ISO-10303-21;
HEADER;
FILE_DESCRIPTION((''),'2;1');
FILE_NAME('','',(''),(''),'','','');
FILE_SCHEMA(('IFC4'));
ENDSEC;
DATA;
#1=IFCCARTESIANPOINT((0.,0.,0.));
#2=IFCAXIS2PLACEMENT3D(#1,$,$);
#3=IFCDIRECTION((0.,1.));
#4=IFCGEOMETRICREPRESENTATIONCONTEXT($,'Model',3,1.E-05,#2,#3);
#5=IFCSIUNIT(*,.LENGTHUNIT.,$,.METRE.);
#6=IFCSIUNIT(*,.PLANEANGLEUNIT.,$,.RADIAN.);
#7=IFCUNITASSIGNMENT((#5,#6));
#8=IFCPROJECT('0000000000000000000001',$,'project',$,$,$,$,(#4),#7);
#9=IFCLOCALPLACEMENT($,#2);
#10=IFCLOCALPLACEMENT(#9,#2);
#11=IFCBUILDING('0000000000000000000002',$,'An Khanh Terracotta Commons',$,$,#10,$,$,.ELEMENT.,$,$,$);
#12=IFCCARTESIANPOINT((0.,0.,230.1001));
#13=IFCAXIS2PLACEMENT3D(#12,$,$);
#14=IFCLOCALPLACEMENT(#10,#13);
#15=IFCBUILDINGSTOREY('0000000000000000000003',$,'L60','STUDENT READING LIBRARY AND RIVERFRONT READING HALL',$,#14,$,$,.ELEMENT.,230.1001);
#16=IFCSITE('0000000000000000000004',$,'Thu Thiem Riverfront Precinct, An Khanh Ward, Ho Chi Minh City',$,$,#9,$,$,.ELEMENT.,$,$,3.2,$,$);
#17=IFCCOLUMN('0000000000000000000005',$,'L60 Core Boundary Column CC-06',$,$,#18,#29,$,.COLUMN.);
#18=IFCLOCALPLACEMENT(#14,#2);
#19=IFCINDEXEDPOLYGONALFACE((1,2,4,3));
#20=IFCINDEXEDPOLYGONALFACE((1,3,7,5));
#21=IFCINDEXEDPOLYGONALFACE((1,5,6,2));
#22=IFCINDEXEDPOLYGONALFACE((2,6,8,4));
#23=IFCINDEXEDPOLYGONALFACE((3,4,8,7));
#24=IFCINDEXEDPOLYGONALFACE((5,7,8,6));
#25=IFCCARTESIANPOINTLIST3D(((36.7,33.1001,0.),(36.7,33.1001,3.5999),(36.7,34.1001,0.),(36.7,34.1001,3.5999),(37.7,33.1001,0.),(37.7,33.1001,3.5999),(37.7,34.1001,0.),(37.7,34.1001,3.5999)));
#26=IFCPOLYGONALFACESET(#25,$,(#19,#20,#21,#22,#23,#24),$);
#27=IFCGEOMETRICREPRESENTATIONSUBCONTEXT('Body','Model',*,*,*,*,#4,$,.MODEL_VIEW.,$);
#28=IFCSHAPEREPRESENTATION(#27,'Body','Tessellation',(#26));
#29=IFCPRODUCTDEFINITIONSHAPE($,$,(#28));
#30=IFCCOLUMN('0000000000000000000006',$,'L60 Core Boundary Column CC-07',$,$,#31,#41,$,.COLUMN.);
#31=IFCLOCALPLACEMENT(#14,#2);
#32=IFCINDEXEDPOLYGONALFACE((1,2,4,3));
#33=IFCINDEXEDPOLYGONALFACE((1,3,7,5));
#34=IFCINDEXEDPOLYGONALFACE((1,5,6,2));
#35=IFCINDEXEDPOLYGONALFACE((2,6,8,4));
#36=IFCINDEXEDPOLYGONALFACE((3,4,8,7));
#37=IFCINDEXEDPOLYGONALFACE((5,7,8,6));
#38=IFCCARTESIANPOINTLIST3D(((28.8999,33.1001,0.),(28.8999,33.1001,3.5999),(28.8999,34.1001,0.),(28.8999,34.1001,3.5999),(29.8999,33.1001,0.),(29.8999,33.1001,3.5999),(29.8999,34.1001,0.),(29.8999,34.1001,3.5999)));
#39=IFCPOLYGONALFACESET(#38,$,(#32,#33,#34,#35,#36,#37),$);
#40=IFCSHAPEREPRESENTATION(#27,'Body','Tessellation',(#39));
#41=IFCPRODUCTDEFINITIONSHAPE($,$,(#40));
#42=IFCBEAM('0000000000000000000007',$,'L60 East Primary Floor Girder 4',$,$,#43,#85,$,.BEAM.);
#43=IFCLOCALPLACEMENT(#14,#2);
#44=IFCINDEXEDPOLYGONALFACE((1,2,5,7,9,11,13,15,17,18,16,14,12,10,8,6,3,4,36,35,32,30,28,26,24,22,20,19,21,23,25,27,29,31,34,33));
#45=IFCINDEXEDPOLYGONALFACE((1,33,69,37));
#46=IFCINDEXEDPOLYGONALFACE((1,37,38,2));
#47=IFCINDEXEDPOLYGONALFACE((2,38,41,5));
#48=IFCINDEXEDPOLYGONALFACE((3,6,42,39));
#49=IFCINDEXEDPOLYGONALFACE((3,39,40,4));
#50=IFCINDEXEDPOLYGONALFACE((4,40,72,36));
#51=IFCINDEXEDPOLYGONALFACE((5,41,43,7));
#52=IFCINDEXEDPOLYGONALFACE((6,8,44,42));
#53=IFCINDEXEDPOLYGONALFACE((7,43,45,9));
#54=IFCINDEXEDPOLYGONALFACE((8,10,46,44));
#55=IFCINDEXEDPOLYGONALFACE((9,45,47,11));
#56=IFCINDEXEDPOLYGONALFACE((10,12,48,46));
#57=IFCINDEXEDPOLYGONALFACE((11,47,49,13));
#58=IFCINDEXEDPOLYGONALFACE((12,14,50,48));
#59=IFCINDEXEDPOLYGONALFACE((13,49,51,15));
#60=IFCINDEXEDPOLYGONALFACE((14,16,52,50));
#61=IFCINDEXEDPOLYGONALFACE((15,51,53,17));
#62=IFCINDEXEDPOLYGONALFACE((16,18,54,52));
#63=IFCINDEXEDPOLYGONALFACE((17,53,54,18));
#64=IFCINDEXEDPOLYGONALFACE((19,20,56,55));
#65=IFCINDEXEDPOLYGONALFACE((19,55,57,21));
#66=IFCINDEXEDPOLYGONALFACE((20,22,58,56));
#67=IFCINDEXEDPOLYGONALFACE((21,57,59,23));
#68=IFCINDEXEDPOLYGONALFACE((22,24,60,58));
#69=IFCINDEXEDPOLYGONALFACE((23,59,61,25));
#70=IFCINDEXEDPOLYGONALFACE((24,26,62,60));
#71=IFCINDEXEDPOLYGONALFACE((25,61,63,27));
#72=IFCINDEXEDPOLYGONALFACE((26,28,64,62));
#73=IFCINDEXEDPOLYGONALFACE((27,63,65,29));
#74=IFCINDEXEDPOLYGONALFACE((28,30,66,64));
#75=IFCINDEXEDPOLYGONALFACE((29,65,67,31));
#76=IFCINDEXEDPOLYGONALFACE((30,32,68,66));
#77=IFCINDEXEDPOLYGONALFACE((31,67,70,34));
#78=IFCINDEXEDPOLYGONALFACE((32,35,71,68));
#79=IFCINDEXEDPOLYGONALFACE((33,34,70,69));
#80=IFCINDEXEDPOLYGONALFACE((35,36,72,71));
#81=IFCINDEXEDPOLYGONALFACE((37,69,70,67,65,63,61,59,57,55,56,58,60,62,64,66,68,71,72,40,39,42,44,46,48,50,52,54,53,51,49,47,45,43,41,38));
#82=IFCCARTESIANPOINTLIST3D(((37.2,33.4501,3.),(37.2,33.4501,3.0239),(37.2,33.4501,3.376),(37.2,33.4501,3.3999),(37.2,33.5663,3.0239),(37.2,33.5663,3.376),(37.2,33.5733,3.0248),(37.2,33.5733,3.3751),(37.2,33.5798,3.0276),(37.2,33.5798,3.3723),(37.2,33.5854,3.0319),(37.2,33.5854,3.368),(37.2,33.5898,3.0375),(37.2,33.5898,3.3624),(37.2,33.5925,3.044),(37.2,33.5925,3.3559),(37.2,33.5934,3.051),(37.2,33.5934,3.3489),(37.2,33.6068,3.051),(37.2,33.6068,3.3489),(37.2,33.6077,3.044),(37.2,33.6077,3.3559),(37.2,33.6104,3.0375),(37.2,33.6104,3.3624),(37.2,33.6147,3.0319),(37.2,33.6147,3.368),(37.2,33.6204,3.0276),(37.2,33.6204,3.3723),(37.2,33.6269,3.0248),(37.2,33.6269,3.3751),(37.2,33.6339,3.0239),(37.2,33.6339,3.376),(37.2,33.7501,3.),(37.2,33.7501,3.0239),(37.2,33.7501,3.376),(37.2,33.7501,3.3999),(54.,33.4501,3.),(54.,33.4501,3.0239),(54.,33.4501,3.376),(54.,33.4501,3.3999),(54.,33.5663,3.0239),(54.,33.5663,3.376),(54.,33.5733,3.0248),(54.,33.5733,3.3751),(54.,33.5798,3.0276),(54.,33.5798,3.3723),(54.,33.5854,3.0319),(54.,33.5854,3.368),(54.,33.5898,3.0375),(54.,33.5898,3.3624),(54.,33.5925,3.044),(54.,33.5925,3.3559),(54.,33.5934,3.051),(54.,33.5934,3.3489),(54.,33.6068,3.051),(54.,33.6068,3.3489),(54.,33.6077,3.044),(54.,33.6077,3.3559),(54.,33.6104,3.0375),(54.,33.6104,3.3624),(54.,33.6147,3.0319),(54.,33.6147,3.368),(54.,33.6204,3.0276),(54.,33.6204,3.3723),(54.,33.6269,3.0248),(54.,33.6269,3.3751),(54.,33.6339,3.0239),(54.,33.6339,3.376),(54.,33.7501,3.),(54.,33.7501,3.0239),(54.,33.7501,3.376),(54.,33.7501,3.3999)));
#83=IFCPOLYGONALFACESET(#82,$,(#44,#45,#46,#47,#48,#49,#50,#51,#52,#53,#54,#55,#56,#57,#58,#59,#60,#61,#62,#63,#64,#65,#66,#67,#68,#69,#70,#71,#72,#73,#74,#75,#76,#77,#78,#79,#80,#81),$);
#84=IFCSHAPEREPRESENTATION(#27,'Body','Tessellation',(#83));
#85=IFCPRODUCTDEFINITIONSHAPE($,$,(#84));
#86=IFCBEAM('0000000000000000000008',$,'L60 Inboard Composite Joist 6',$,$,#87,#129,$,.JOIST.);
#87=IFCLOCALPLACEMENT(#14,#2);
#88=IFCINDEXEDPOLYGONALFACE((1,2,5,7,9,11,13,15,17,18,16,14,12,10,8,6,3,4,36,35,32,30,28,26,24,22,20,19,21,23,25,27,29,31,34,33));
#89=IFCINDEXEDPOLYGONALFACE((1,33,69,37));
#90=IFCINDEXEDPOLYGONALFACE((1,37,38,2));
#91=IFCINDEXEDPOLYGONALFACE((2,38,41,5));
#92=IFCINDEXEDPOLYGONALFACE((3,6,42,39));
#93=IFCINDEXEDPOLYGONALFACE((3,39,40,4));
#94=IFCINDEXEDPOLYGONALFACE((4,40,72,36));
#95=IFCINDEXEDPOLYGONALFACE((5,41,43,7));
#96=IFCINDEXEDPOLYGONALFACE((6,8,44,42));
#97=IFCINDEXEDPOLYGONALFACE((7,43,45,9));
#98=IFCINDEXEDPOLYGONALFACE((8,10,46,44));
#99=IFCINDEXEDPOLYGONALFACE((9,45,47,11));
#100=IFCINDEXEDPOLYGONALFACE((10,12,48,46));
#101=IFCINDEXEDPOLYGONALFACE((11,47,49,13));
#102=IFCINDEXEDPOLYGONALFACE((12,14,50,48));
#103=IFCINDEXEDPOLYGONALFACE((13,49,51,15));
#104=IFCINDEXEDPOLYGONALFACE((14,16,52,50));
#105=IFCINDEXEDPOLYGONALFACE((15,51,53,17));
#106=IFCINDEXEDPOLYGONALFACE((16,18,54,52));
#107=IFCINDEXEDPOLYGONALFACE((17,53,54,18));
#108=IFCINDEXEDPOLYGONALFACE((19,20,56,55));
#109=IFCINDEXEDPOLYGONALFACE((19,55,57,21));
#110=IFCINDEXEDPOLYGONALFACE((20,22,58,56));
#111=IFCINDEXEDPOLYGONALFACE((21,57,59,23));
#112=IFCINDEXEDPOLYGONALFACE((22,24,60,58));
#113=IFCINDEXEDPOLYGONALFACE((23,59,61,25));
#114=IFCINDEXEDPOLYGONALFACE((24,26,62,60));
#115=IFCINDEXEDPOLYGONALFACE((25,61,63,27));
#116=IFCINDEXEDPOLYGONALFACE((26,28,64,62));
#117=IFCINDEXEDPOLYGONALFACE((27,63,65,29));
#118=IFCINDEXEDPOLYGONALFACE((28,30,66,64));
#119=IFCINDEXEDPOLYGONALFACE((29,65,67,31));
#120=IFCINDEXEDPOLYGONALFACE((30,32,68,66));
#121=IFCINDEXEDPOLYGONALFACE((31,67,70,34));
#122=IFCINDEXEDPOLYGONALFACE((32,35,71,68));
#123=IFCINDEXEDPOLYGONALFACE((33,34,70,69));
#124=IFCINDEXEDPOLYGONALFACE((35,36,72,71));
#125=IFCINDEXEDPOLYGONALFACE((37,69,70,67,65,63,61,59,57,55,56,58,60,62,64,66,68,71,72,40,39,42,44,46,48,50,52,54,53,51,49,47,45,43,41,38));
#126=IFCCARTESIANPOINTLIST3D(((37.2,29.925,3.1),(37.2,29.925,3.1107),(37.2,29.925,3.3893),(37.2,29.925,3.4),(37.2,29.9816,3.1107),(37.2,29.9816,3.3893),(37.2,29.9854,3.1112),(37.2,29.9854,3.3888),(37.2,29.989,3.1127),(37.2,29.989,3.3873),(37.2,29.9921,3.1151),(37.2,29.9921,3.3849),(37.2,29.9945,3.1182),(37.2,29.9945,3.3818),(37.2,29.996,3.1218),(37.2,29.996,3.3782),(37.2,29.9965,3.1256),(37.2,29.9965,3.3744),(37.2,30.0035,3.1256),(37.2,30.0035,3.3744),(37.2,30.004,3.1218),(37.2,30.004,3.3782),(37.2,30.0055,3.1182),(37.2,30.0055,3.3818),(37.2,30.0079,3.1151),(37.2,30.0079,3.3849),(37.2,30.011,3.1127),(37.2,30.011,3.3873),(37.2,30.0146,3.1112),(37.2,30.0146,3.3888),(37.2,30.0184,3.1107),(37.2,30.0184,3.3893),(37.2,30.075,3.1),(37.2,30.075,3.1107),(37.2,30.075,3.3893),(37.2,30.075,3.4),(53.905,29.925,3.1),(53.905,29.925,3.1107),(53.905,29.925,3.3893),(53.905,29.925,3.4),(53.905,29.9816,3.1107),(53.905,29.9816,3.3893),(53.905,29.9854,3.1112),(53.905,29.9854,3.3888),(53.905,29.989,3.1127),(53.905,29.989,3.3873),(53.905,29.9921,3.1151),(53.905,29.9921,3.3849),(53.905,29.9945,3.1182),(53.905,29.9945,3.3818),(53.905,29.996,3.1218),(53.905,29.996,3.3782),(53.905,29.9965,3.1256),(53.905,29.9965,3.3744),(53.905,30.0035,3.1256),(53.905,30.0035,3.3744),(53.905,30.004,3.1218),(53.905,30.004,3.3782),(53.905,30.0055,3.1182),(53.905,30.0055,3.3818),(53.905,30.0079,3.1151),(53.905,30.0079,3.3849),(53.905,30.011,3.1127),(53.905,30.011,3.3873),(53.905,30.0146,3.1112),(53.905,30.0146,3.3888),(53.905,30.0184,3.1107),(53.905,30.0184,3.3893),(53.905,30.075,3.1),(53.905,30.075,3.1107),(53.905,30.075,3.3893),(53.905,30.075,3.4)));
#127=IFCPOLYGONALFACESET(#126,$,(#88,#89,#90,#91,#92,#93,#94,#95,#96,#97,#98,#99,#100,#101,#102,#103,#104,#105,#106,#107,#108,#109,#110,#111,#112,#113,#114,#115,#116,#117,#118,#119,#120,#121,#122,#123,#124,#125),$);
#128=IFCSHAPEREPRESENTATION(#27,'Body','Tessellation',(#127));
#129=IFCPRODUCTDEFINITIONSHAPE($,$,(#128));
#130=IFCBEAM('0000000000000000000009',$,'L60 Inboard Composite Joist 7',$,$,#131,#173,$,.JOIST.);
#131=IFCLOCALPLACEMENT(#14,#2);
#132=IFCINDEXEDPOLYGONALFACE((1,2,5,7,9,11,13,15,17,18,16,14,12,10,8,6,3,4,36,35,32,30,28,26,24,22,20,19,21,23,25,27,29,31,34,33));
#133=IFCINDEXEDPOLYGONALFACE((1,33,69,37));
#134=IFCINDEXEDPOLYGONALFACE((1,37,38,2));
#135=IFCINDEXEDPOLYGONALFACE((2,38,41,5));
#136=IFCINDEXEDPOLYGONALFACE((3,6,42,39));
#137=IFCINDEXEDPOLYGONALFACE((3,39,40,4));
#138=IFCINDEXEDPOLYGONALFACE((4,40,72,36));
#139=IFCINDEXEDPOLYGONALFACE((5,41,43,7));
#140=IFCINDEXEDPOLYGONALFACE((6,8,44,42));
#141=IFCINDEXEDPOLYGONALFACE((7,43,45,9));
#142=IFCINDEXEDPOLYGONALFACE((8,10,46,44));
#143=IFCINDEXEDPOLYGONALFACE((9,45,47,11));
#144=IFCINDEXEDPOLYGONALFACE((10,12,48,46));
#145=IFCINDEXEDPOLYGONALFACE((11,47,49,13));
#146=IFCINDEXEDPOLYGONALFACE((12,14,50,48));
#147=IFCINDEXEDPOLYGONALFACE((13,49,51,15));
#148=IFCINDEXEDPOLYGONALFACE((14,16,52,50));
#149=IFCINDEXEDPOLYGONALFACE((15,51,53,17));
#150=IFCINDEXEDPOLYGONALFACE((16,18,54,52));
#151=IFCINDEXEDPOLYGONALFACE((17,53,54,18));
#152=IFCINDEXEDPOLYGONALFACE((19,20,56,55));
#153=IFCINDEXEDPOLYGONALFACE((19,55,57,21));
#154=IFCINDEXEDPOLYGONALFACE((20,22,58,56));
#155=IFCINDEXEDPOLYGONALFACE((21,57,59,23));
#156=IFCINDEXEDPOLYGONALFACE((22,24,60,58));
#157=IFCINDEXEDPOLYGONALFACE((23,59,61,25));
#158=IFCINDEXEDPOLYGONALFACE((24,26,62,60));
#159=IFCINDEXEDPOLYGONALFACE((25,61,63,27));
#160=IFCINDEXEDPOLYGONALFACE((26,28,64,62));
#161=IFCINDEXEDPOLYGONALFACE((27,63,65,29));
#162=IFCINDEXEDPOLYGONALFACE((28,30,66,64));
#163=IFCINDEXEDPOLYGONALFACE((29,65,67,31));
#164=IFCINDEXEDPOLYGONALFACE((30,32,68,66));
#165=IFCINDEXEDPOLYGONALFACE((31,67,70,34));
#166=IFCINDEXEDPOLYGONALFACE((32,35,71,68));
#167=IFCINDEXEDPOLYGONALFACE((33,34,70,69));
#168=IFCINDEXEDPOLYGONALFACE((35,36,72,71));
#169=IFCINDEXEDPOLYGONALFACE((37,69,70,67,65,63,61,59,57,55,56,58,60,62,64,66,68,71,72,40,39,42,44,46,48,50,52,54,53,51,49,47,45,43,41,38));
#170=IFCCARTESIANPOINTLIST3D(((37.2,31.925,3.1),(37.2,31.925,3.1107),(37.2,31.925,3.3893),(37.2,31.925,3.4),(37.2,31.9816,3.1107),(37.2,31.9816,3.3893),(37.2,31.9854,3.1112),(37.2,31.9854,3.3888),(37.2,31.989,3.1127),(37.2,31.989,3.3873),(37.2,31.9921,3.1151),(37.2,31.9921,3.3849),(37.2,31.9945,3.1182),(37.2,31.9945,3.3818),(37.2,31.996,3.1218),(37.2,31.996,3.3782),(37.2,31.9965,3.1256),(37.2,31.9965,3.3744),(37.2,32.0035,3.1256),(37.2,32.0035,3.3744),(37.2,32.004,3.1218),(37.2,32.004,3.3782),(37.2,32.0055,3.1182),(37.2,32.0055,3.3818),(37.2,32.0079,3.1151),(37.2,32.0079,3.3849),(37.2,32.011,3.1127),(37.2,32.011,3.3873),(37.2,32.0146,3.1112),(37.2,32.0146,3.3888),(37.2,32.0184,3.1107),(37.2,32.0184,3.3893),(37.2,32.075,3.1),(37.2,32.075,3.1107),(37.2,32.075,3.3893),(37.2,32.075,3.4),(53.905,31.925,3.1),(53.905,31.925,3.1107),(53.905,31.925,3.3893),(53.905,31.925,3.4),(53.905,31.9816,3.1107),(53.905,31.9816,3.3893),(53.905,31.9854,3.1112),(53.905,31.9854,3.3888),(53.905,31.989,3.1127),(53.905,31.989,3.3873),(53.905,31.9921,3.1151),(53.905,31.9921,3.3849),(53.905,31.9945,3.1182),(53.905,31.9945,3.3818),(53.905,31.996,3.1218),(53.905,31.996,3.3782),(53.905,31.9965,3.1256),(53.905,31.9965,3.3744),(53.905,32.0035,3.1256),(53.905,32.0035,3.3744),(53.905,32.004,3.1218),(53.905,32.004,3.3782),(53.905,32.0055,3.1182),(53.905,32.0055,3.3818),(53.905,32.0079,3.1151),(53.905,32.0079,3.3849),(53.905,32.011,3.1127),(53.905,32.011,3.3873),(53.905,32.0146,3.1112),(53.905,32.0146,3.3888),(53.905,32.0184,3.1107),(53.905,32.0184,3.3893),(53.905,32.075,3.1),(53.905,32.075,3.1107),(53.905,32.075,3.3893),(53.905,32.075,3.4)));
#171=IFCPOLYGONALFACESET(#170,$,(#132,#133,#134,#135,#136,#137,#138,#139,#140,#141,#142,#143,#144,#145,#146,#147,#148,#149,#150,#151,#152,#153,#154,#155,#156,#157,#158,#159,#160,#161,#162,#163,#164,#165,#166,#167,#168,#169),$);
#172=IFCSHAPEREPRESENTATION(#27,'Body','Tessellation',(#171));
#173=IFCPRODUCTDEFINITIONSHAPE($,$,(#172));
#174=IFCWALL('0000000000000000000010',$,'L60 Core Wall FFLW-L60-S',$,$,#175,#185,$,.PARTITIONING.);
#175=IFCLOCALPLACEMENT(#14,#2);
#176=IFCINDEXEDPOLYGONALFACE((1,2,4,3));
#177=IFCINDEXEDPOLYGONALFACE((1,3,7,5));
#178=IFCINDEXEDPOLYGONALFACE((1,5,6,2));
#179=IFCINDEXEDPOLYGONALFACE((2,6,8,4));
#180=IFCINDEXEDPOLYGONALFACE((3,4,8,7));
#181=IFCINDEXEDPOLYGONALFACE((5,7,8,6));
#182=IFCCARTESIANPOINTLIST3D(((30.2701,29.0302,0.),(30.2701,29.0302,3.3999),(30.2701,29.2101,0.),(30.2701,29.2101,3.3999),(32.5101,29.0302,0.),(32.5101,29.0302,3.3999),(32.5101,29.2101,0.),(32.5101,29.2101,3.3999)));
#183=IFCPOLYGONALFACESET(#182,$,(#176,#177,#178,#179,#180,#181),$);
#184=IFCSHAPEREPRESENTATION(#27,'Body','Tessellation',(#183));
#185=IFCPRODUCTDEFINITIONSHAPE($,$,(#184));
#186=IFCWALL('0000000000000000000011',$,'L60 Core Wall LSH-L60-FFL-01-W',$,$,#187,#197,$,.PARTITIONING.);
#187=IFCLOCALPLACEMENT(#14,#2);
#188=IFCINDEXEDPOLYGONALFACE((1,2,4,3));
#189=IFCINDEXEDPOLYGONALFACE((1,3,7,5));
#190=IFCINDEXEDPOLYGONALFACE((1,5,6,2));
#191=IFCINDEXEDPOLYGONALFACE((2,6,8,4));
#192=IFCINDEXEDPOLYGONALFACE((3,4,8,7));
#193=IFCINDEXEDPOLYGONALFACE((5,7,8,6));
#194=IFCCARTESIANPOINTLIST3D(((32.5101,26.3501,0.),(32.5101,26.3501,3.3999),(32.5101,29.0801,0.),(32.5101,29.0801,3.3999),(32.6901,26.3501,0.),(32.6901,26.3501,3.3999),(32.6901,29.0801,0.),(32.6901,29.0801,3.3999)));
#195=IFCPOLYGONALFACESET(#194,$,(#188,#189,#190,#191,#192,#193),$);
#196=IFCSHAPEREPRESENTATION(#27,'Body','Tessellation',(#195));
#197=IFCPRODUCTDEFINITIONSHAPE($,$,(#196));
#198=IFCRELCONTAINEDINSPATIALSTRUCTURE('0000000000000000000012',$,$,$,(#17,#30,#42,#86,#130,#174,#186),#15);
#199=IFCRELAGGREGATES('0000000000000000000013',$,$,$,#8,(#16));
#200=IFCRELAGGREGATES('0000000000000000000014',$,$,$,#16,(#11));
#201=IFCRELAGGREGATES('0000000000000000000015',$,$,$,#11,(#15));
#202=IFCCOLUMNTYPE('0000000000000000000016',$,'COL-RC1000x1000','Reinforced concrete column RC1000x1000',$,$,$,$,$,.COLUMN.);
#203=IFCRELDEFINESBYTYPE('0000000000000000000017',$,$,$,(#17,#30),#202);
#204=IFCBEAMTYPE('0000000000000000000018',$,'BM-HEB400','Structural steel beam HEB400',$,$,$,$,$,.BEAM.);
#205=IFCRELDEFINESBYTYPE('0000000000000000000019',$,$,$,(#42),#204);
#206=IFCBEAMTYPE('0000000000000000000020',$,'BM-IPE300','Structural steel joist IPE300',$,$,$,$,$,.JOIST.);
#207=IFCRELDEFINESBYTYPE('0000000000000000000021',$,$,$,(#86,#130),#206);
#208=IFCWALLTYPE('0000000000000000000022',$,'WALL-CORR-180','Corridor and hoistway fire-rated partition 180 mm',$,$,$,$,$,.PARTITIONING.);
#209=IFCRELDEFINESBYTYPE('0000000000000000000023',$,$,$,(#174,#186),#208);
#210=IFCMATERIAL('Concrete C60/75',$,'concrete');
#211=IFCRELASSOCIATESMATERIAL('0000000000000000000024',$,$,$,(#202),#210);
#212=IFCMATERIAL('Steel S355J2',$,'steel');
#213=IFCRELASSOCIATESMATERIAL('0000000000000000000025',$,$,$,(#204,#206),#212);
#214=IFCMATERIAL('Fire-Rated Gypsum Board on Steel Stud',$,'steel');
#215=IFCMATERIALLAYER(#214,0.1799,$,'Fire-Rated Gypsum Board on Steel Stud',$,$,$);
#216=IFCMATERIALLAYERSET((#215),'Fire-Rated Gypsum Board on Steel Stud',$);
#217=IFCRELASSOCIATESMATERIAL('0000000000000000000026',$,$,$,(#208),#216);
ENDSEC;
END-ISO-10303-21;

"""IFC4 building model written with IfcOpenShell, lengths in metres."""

from ifc_helpers import new_model, si_unit, direction, frame, frame_2d, origin, origin_2d, place, context, subcontext, project, spatial, rectangle, i_section, extrude, material, layer, layer_set, material_profile, profile_set, type_object, element, save


model = new_model("IFC4")

# Units and contexts
model_context = context("Model", 3, precision=1e-05, world=origin(), true_north=direction((0.0, 1.0)))
body_context = subcontext(model_context, "Body", "Model", "MODEL_VIEW")
ifc_project = project(units=[si_unit("LENGTHUNIT", "METRE"), si_unit("PLANEANGLEUNIT", "RADIAN")], contexts=[model_context])

# Site, building, storey
site_placement = place(None, origin())
site = spatial("IfcSite", under=ifc_project, at=site_placement, Name="Thu Thiem Riverfront Precinct, An Khanh Ward, Ho Chi Minh City", CompositionType="ELEMENT", RefElevation=3.2)
building_placement = place(site_placement, origin())
building = spatial("IfcBuilding", under=site, at=building_placement, Name="An Khanh Terracotta Commons", CompositionType="ELEMENT")
storey_placement = place(building_placement, frame((0.0, 0.0, 230.1001)))
storey = spatial("IfcBuildingStorey", under=building, at=storey_placement, Name="L60", Description="STUDENT READING LIBRARY AND RIVERFRONT READING HALL", CompositionType="ELEMENT", Elevation=230.1001)

# Columns
ifc_material_1 = material(Name="Concrete C60/75", Category="concrete")
ifc_material_profile_1 = material_profile(ifc_material_1, rectangle(XDim=1.0, YDim=1.0, at=origin_2d()), Name="RC1000x1000")
ifc_profile_set_1 = profile_set([ifc_material_profile_1], Name="Concrete C60/75")
column_type = type_object("IfcColumnType", Name="COL-RC1000x1000", Description="Reinforced concrete column RC1000x1000", PredefinedType="COLUMN", material=ifc_profile_set_1)
for number, where, z_axis, x_axis, name in (
    (1, (37.2, 33.6001, 0.0), (0.0, 0.0, 1.0), (1.0, 0.0, 0.0), "L60 Core Boundary Column CC-06"),
    (2, (29.3999, 33.6001, 0.0), (0.0, 0.0, 1.0), (1.0, 0.0, 0.0), "L60 Core Boundary Column CC-07"),
):
    element("IfcColumn", number, at=place(storey_placement, frame(where, z_axis=z_axis, x_axis=x_axis)), inside=storey, type_object=column_type, Name=name, PredefinedType="COLUMN", context=body_context, shape_type="SweptSolid", body=[
        extrude(rectangle(XDim=1.0, YDim=1.0, at=origin_2d()), origin(), (0.0, 0.0, 1.0), 3.5999),
    ])

# Beams
ifc_material_2 = material(Name="Steel S355J2", Category="steel")
ifc_material_profile_2 = material_profile(ifc_material_2, i_section(OverallWidth=0.3, OverallDepth=0.3999, WebThickness=0.0134, FlangeThickness=0.0239, FilletRadius=0.0271, at=origin_2d()), Name="HEB400")
ifc_profile_set_2 = profile_set([ifc_material_profile_2], Name="Steel S355J2")
beam_type_1 = type_object("IfcBeamType", Name="BM-HEB400", Description="Structural steel beam HEB400", PredefinedType="BEAM", material=ifc_profile_set_2)
beam_placement = place(storey_placement, frame((37.2, 33.6001, 3.2), z_axis=(1.0, 0.0, 0.0), x_axis=(0.0, 1.0, 0.0)))
element("IfcBeam", 3, at=beam_placement, inside=storey, type_object=beam_type_1, Name="L60 East Primary Floor Girder 4", PredefinedType="BEAM", context=body_context, shape_type="SweptSolid", body=[
    extrude(i_section(OverallWidth=0.3, OverallDepth=0.3999, WebThickness=0.0134, FlangeThickness=0.0239, FilletRadius=0.0271, at=origin_2d()), origin(), (0.0, 0.0, 1.0), 16.8),
])
ifc_material_profile_3 = material_profile(ifc_material_2, i_section(OverallWidth=0.1499, OverallDepth=0.3, WebThickness=0.0071, FlangeThickness=0.0107, FilletRadius=0.0149, at=origin_2d()), Name="IPE300")
ifc_profile_set_3 = profile_set([ifc_material_profile_3], Name="Steel S355J2")
beam_type_2 = type_object("IfcBeamType", Name="BM-IPE300", Description="Structural steel joist IPE300", PredefinedType="JOIST", material=ifc_profile_set_3)
for number, where, z_axis, x_axis, name in (
    (4, (37.2, 30.0, 3.25), (1.0, 0.0, 0.0), (0.0, 1.0, 0.0), "L60 Inboard Composite Joist 6"),
    (5, (37.2, 32.0, 3.25), (1.0, 0.0, 0.0), (0.0, 1.0, 0.0), "L60 Inboard Composite Joist 7"),
):
    element("IfcBeam", number, at=place(storey_placement, frame(where, z_axis=z_axis, x_axis=x_axis)), inside=storey, type_object=beam_type_2, Name=name, PredefinedType="JOIST", context=body_context, shape_type="SweptSolid", body=[
        extrude(i_section(OverallWidth=0.1499, OverallDepth=0.3, WebThickness=0.0071, FlangeThickness=0.0107, FilletRadius=0.0149, at=origin_2d()), origin(), (0.0, 0.0, 1.0), 16.7051),
    ])

# Walls
ifc_material_3 = material(Name="Fire-Rated Gypsum Board on Steel Stud", Category="steel")
ifc_layer_1 = layer(ifc_material_3, 0.1799, Name="Fire-Rated Gypsum Board on Steel Stud")
ifc_layer_set_1 = layer_set([ifc_layer_1], Name="Fire-Rated Gypsum Board on Steel Stud")
wall_type_1 = type_object("IfcWallType", Name="WALL-CORR-180", Description="Corridor and hoistway fire-rated partition 180 mm", PredefinedType="PARTITIONING", material=ifc_layer_set_1)
wall_1_placement = place(storey_placement, frame((30.27, 29.1201, 0.0), z_axis=(0.0, 0.0, 1.0), x_axis=(1.0, 0.0, 0.0)))
element("IfcWall", 6, at=wall_1_placement, inside=storey, type_object=wall_type_1, Name="L60 Core Wall FFLW-L60-S", PredefinedType="PARTITIONING", context=body_context, shape_type="SweptSolid", body=[
    extrude(rectangle(XDim=2.24, YDim=0.1799, at=frame_2d((1.1201, 0.0))), origin(), (0.0, 0.0, 1.0), 3.3999),
])
wall_2_placement = place(storey_placement, frame((32.6001, 29.0801, 0.0), z_axis=(0.0, 0.0, 1.0), x_axis=(0.0, -1.0, 0.0)))
element("IfcWall", 7, at=wall_2_placement, inside=storey, type_object=wall_type_1, Name="L60 Core Wall LSH-L60-FFL-01-W", PredefinedType="PARTITIONING", context=body_context, shape_type="SweptSolid", body=[
    extrude(rectangle(XDim=2.73, YDim=0.1799, at=frame_2d((1.365, 0.0))), origin(), (0.0, 0.0, 1.0), 3.3999),
])

save(model, "model.ifc")
